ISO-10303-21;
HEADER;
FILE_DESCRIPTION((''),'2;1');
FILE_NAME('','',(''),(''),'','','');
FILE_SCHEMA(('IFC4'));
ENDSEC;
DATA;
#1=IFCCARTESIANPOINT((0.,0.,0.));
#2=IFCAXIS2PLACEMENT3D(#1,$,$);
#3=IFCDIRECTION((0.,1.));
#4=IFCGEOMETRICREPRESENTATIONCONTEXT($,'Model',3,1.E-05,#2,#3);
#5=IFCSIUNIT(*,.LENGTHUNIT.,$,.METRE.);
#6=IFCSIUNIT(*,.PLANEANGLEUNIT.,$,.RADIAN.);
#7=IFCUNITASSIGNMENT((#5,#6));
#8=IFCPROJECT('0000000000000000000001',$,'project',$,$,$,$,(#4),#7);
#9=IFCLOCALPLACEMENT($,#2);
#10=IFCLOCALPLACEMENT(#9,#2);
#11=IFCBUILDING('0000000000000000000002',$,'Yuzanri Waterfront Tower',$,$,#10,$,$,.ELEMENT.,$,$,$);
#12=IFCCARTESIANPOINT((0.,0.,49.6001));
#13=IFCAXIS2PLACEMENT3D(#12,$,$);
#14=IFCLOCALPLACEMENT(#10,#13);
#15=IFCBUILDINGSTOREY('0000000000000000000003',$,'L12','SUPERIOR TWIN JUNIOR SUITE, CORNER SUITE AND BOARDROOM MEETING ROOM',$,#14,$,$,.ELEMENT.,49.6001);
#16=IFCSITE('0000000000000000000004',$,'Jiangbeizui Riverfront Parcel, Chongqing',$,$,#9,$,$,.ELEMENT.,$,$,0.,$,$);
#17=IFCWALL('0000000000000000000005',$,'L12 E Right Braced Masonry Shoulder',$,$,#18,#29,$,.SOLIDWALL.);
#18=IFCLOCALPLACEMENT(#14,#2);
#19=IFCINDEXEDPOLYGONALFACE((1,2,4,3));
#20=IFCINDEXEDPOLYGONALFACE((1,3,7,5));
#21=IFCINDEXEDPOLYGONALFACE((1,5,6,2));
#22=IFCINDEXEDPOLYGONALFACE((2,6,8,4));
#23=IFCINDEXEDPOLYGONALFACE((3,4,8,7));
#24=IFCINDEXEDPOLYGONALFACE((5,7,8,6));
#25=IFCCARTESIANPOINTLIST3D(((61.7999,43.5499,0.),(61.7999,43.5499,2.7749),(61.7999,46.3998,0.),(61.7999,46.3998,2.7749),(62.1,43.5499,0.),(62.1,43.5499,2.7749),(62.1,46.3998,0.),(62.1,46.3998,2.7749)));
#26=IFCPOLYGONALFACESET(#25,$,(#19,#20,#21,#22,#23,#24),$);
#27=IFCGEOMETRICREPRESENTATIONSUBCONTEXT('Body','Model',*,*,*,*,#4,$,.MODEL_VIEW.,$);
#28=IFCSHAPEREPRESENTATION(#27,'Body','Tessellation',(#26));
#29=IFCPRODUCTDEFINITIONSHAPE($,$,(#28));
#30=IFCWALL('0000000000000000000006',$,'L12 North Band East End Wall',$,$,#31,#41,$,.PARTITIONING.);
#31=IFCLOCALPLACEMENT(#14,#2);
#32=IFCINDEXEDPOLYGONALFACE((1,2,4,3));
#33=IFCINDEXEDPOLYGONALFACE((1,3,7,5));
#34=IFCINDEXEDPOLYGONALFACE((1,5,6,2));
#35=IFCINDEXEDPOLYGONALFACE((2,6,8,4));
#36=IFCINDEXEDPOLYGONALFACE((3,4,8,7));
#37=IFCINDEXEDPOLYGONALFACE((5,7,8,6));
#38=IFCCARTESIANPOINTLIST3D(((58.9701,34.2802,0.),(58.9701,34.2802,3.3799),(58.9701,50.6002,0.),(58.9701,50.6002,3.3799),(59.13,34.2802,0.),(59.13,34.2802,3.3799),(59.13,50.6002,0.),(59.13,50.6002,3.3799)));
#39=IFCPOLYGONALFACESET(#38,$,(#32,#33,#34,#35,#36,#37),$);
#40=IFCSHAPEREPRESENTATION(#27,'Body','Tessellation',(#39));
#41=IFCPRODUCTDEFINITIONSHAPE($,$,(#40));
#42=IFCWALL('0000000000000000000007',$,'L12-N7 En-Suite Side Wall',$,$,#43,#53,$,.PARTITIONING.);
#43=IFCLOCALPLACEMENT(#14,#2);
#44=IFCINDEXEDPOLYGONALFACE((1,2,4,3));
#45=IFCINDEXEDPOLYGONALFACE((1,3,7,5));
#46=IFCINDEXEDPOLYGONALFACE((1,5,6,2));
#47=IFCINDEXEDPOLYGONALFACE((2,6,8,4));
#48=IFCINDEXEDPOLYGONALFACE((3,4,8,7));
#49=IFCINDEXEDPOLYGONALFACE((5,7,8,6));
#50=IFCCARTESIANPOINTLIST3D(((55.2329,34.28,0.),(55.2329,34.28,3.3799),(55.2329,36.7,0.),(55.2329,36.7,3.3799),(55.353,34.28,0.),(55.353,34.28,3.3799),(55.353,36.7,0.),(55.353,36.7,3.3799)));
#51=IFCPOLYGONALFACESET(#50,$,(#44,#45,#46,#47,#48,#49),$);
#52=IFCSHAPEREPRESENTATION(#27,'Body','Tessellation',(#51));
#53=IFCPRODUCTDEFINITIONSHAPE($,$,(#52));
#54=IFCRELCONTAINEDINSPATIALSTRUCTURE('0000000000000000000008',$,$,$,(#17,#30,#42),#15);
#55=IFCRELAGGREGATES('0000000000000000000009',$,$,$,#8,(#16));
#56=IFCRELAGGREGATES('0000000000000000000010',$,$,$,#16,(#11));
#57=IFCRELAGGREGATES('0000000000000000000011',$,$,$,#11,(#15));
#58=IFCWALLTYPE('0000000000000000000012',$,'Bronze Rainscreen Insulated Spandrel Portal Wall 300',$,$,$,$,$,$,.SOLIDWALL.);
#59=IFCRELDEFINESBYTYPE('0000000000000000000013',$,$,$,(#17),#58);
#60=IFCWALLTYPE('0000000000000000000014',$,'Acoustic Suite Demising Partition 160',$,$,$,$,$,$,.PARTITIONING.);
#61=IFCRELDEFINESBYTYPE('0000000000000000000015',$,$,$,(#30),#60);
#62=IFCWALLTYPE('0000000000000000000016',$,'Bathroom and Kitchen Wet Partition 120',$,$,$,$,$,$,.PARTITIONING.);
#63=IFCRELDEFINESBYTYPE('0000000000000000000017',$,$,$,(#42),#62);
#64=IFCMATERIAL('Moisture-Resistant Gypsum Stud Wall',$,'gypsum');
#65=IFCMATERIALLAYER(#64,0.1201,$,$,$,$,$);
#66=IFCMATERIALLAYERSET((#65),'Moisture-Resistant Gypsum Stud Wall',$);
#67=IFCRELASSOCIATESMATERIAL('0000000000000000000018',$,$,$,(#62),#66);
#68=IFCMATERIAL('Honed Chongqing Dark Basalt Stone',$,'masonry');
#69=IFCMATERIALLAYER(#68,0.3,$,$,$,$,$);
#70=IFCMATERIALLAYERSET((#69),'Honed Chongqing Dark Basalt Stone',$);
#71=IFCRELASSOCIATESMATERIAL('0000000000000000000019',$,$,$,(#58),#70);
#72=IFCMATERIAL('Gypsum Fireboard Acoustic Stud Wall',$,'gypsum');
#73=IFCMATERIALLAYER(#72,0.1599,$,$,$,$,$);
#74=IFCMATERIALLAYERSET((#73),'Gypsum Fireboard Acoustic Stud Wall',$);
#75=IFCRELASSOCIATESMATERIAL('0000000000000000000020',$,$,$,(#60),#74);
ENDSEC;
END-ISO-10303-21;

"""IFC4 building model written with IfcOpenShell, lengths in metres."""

from ifc_helpers import new_model, si_unit, direction, frame, frame_2d, origin, place, context, subcontext, project, spatial, rectangle, extrude, source, transform, mapped, material, layer, layer_set, type_object, element, save


model = new_model("IFC4")

# Units and contexts
model_context = context("Model", 3, precision=1e-05, world=origin(), true_north=direction((0.0, 1.0)))
body_context = subcontext(model_context, "Body", "Model", "MODEL_VIEW")
ifc_project = project(units=[si_unit("LENGTHUNIT", "METRE"), si_unit("PLANEANGLEUNIT", "RADIAN")], contexts=[model_context])

# Site, building, storey
site_placement = place(None, origin())
site = spatial("IfcSite", under=ifc_project, at=site_placement, Name="Jiangbeizui Riverfront Parcel, Chongqing", CompositionType="ELEMENT", RefElevation=0.0)
building_placement = place(site_placement, origin())
building = spatial("IfcBuilding", under=site, at=building_placement, Name="Yuzanri Waterfront Tower", CompositionType="ELEMENT")
storey_placement = place(building_placement, frame((0.0, 0.0, 49.6001)))
storey = spatial("IfcBuildingStorey", under=building, at=storey_placement, Name="L12", Description="SUPERIOR TWIN JUNIOR SUITE, CORNER SUITE AND BOARDROOM MEETING ROOM", CompositionType="ELEMENT", Elevation=49.6001)

# Shared definitions
ifc_material_1 = material(Name="Moisture-Resistant Gypsum Stud Wall", Category="gypsum")
ifc_layer_1 = layer(ifc_material_1, 0.1201)
ifc_layer_set_1 = layer_set([ifc_layer_1], Name="Moisture-Resistant Gypsum Stud Wall")
wall_type_1 = type_object("IfcWallType", Name="Bathroom and Kitchen Wet Partition 120", PredefinedType="PARTITIONING", material=ifc_layer_set_1)

# Shared definitions
ifc_material_2 = material(Name="Honed Chongqing Dark Basalt Stone", Category="masonry")
ifc_layer_2 = layer(ifc_material_2, 0.3)
ifc_layer_set_2 = layer_set([ifc_layer_2], Name="Honed Chongqing Dark Basalt Stone")
wall_type_2 = type_object("IfcWallType", Name="Bronze Rainscreen Insulated Spandrel Portal Wall 300", PredefinedType="SOLIDWALL", material=ifc_layer_set_2)

# Walls
shared_shape_1 = source(origin(), body_context, "Body", "SweptSolid", [
    extrude(rectangle(XDim=2.8499, YDim=0.3, at=frame_2d((1.4248, 0.0))), origin(), (0.0, 0.0, 1.0), 2.7749),
])
wall_1_placement = place(storey_placement, frame((61.95, 43.55, 0.0), z_axis=(0.0, 0.0, 1.0), x_axis=(0.0, 1.0, 0.0)))
element("IfcWall", 1, at=wall_1_placement, inside=storey, type_object=wall_type_2, Name="L12 E Right Braced Masonry Shoulder", PredefinedType="SOLIDWALL", context=body_context, shape_type="MappedRepresentation", body=[
    mapped(shared_shape_1, transform((0.0, 0.0, 0.0), scale=1.0)),
])
ifc_material_3 = material(Name="Gypsum Fireboard Acoustic Stud Wall", Category="gypsum")
ifc_layer_3 = layer(ifc_material_3, 0.1599)
ifc_layer_set_3 = layer_set([ifc_layer_3], Name="Gypsum Fireboard Acoustic Stud Wall")
wall_type_3 = type_object("IfcWallType", Name="Acoustic Suite Demising Partition 160", PredefinedType="PARTITIONING", material=ifc_layer_set_3)
shared_shape_2 = source(origin(), body_context, "Body", "SweptSolid", [
    extrude(rectangle(XDim=16.3201, YDim=0.1599, at=frame_2d((8.1602, 0.0))), origin(), (0.0, 0.0, 1.0), 3.3799),
])
wall_2_placement = place(storey_placement, frame((59.05, 34.28, 0.0), z_axis=(0.0, 0.0, 1.0), x_axis=(0.0, 1.0, 0.0)))
element("IfcWall", 2, at=wall_2_placement, inside=storey, type_object=wall_type_3, Name="L12 North Band East End Wall", PredefinedType="PARTITIONING", context=body_context, shape_type="MappedRepresentation", body=[
    mapped(shared_shape_2, transform((0.0, 0.0, 0.0), scale=1.0)),
])
shared_shape_3 = source(origin(), body_context, "Body", "SweptSolid", [
    extrude(rectangle(XDim=2.4199, YDim=0.1201, at=frame_2d((1.21, 0.0))), origin(), (0.0, 0.0, 1.0), 3.3799),
])
wall_3_placement = place(storey_placement, frame((55.293, 34.28, 0.0), z_axis=(0.0, 0.0, 1.0), x_axis=(0.0, 1.0, 0.0)))
element("IfcWall", 3, at=wall_3_placement, inside=storey, type_object=wall_type_1, Name="L12-N7 En-Suite Side Wall", PredefinedType="PARTITIONING", context=body_context, shape_type="MappedRepresentation", body=[
    mapped(shared_shape_3, transform((0.0, 0.0, 0.0), scale=1.0)),
])

save(model, "model.ifc")
